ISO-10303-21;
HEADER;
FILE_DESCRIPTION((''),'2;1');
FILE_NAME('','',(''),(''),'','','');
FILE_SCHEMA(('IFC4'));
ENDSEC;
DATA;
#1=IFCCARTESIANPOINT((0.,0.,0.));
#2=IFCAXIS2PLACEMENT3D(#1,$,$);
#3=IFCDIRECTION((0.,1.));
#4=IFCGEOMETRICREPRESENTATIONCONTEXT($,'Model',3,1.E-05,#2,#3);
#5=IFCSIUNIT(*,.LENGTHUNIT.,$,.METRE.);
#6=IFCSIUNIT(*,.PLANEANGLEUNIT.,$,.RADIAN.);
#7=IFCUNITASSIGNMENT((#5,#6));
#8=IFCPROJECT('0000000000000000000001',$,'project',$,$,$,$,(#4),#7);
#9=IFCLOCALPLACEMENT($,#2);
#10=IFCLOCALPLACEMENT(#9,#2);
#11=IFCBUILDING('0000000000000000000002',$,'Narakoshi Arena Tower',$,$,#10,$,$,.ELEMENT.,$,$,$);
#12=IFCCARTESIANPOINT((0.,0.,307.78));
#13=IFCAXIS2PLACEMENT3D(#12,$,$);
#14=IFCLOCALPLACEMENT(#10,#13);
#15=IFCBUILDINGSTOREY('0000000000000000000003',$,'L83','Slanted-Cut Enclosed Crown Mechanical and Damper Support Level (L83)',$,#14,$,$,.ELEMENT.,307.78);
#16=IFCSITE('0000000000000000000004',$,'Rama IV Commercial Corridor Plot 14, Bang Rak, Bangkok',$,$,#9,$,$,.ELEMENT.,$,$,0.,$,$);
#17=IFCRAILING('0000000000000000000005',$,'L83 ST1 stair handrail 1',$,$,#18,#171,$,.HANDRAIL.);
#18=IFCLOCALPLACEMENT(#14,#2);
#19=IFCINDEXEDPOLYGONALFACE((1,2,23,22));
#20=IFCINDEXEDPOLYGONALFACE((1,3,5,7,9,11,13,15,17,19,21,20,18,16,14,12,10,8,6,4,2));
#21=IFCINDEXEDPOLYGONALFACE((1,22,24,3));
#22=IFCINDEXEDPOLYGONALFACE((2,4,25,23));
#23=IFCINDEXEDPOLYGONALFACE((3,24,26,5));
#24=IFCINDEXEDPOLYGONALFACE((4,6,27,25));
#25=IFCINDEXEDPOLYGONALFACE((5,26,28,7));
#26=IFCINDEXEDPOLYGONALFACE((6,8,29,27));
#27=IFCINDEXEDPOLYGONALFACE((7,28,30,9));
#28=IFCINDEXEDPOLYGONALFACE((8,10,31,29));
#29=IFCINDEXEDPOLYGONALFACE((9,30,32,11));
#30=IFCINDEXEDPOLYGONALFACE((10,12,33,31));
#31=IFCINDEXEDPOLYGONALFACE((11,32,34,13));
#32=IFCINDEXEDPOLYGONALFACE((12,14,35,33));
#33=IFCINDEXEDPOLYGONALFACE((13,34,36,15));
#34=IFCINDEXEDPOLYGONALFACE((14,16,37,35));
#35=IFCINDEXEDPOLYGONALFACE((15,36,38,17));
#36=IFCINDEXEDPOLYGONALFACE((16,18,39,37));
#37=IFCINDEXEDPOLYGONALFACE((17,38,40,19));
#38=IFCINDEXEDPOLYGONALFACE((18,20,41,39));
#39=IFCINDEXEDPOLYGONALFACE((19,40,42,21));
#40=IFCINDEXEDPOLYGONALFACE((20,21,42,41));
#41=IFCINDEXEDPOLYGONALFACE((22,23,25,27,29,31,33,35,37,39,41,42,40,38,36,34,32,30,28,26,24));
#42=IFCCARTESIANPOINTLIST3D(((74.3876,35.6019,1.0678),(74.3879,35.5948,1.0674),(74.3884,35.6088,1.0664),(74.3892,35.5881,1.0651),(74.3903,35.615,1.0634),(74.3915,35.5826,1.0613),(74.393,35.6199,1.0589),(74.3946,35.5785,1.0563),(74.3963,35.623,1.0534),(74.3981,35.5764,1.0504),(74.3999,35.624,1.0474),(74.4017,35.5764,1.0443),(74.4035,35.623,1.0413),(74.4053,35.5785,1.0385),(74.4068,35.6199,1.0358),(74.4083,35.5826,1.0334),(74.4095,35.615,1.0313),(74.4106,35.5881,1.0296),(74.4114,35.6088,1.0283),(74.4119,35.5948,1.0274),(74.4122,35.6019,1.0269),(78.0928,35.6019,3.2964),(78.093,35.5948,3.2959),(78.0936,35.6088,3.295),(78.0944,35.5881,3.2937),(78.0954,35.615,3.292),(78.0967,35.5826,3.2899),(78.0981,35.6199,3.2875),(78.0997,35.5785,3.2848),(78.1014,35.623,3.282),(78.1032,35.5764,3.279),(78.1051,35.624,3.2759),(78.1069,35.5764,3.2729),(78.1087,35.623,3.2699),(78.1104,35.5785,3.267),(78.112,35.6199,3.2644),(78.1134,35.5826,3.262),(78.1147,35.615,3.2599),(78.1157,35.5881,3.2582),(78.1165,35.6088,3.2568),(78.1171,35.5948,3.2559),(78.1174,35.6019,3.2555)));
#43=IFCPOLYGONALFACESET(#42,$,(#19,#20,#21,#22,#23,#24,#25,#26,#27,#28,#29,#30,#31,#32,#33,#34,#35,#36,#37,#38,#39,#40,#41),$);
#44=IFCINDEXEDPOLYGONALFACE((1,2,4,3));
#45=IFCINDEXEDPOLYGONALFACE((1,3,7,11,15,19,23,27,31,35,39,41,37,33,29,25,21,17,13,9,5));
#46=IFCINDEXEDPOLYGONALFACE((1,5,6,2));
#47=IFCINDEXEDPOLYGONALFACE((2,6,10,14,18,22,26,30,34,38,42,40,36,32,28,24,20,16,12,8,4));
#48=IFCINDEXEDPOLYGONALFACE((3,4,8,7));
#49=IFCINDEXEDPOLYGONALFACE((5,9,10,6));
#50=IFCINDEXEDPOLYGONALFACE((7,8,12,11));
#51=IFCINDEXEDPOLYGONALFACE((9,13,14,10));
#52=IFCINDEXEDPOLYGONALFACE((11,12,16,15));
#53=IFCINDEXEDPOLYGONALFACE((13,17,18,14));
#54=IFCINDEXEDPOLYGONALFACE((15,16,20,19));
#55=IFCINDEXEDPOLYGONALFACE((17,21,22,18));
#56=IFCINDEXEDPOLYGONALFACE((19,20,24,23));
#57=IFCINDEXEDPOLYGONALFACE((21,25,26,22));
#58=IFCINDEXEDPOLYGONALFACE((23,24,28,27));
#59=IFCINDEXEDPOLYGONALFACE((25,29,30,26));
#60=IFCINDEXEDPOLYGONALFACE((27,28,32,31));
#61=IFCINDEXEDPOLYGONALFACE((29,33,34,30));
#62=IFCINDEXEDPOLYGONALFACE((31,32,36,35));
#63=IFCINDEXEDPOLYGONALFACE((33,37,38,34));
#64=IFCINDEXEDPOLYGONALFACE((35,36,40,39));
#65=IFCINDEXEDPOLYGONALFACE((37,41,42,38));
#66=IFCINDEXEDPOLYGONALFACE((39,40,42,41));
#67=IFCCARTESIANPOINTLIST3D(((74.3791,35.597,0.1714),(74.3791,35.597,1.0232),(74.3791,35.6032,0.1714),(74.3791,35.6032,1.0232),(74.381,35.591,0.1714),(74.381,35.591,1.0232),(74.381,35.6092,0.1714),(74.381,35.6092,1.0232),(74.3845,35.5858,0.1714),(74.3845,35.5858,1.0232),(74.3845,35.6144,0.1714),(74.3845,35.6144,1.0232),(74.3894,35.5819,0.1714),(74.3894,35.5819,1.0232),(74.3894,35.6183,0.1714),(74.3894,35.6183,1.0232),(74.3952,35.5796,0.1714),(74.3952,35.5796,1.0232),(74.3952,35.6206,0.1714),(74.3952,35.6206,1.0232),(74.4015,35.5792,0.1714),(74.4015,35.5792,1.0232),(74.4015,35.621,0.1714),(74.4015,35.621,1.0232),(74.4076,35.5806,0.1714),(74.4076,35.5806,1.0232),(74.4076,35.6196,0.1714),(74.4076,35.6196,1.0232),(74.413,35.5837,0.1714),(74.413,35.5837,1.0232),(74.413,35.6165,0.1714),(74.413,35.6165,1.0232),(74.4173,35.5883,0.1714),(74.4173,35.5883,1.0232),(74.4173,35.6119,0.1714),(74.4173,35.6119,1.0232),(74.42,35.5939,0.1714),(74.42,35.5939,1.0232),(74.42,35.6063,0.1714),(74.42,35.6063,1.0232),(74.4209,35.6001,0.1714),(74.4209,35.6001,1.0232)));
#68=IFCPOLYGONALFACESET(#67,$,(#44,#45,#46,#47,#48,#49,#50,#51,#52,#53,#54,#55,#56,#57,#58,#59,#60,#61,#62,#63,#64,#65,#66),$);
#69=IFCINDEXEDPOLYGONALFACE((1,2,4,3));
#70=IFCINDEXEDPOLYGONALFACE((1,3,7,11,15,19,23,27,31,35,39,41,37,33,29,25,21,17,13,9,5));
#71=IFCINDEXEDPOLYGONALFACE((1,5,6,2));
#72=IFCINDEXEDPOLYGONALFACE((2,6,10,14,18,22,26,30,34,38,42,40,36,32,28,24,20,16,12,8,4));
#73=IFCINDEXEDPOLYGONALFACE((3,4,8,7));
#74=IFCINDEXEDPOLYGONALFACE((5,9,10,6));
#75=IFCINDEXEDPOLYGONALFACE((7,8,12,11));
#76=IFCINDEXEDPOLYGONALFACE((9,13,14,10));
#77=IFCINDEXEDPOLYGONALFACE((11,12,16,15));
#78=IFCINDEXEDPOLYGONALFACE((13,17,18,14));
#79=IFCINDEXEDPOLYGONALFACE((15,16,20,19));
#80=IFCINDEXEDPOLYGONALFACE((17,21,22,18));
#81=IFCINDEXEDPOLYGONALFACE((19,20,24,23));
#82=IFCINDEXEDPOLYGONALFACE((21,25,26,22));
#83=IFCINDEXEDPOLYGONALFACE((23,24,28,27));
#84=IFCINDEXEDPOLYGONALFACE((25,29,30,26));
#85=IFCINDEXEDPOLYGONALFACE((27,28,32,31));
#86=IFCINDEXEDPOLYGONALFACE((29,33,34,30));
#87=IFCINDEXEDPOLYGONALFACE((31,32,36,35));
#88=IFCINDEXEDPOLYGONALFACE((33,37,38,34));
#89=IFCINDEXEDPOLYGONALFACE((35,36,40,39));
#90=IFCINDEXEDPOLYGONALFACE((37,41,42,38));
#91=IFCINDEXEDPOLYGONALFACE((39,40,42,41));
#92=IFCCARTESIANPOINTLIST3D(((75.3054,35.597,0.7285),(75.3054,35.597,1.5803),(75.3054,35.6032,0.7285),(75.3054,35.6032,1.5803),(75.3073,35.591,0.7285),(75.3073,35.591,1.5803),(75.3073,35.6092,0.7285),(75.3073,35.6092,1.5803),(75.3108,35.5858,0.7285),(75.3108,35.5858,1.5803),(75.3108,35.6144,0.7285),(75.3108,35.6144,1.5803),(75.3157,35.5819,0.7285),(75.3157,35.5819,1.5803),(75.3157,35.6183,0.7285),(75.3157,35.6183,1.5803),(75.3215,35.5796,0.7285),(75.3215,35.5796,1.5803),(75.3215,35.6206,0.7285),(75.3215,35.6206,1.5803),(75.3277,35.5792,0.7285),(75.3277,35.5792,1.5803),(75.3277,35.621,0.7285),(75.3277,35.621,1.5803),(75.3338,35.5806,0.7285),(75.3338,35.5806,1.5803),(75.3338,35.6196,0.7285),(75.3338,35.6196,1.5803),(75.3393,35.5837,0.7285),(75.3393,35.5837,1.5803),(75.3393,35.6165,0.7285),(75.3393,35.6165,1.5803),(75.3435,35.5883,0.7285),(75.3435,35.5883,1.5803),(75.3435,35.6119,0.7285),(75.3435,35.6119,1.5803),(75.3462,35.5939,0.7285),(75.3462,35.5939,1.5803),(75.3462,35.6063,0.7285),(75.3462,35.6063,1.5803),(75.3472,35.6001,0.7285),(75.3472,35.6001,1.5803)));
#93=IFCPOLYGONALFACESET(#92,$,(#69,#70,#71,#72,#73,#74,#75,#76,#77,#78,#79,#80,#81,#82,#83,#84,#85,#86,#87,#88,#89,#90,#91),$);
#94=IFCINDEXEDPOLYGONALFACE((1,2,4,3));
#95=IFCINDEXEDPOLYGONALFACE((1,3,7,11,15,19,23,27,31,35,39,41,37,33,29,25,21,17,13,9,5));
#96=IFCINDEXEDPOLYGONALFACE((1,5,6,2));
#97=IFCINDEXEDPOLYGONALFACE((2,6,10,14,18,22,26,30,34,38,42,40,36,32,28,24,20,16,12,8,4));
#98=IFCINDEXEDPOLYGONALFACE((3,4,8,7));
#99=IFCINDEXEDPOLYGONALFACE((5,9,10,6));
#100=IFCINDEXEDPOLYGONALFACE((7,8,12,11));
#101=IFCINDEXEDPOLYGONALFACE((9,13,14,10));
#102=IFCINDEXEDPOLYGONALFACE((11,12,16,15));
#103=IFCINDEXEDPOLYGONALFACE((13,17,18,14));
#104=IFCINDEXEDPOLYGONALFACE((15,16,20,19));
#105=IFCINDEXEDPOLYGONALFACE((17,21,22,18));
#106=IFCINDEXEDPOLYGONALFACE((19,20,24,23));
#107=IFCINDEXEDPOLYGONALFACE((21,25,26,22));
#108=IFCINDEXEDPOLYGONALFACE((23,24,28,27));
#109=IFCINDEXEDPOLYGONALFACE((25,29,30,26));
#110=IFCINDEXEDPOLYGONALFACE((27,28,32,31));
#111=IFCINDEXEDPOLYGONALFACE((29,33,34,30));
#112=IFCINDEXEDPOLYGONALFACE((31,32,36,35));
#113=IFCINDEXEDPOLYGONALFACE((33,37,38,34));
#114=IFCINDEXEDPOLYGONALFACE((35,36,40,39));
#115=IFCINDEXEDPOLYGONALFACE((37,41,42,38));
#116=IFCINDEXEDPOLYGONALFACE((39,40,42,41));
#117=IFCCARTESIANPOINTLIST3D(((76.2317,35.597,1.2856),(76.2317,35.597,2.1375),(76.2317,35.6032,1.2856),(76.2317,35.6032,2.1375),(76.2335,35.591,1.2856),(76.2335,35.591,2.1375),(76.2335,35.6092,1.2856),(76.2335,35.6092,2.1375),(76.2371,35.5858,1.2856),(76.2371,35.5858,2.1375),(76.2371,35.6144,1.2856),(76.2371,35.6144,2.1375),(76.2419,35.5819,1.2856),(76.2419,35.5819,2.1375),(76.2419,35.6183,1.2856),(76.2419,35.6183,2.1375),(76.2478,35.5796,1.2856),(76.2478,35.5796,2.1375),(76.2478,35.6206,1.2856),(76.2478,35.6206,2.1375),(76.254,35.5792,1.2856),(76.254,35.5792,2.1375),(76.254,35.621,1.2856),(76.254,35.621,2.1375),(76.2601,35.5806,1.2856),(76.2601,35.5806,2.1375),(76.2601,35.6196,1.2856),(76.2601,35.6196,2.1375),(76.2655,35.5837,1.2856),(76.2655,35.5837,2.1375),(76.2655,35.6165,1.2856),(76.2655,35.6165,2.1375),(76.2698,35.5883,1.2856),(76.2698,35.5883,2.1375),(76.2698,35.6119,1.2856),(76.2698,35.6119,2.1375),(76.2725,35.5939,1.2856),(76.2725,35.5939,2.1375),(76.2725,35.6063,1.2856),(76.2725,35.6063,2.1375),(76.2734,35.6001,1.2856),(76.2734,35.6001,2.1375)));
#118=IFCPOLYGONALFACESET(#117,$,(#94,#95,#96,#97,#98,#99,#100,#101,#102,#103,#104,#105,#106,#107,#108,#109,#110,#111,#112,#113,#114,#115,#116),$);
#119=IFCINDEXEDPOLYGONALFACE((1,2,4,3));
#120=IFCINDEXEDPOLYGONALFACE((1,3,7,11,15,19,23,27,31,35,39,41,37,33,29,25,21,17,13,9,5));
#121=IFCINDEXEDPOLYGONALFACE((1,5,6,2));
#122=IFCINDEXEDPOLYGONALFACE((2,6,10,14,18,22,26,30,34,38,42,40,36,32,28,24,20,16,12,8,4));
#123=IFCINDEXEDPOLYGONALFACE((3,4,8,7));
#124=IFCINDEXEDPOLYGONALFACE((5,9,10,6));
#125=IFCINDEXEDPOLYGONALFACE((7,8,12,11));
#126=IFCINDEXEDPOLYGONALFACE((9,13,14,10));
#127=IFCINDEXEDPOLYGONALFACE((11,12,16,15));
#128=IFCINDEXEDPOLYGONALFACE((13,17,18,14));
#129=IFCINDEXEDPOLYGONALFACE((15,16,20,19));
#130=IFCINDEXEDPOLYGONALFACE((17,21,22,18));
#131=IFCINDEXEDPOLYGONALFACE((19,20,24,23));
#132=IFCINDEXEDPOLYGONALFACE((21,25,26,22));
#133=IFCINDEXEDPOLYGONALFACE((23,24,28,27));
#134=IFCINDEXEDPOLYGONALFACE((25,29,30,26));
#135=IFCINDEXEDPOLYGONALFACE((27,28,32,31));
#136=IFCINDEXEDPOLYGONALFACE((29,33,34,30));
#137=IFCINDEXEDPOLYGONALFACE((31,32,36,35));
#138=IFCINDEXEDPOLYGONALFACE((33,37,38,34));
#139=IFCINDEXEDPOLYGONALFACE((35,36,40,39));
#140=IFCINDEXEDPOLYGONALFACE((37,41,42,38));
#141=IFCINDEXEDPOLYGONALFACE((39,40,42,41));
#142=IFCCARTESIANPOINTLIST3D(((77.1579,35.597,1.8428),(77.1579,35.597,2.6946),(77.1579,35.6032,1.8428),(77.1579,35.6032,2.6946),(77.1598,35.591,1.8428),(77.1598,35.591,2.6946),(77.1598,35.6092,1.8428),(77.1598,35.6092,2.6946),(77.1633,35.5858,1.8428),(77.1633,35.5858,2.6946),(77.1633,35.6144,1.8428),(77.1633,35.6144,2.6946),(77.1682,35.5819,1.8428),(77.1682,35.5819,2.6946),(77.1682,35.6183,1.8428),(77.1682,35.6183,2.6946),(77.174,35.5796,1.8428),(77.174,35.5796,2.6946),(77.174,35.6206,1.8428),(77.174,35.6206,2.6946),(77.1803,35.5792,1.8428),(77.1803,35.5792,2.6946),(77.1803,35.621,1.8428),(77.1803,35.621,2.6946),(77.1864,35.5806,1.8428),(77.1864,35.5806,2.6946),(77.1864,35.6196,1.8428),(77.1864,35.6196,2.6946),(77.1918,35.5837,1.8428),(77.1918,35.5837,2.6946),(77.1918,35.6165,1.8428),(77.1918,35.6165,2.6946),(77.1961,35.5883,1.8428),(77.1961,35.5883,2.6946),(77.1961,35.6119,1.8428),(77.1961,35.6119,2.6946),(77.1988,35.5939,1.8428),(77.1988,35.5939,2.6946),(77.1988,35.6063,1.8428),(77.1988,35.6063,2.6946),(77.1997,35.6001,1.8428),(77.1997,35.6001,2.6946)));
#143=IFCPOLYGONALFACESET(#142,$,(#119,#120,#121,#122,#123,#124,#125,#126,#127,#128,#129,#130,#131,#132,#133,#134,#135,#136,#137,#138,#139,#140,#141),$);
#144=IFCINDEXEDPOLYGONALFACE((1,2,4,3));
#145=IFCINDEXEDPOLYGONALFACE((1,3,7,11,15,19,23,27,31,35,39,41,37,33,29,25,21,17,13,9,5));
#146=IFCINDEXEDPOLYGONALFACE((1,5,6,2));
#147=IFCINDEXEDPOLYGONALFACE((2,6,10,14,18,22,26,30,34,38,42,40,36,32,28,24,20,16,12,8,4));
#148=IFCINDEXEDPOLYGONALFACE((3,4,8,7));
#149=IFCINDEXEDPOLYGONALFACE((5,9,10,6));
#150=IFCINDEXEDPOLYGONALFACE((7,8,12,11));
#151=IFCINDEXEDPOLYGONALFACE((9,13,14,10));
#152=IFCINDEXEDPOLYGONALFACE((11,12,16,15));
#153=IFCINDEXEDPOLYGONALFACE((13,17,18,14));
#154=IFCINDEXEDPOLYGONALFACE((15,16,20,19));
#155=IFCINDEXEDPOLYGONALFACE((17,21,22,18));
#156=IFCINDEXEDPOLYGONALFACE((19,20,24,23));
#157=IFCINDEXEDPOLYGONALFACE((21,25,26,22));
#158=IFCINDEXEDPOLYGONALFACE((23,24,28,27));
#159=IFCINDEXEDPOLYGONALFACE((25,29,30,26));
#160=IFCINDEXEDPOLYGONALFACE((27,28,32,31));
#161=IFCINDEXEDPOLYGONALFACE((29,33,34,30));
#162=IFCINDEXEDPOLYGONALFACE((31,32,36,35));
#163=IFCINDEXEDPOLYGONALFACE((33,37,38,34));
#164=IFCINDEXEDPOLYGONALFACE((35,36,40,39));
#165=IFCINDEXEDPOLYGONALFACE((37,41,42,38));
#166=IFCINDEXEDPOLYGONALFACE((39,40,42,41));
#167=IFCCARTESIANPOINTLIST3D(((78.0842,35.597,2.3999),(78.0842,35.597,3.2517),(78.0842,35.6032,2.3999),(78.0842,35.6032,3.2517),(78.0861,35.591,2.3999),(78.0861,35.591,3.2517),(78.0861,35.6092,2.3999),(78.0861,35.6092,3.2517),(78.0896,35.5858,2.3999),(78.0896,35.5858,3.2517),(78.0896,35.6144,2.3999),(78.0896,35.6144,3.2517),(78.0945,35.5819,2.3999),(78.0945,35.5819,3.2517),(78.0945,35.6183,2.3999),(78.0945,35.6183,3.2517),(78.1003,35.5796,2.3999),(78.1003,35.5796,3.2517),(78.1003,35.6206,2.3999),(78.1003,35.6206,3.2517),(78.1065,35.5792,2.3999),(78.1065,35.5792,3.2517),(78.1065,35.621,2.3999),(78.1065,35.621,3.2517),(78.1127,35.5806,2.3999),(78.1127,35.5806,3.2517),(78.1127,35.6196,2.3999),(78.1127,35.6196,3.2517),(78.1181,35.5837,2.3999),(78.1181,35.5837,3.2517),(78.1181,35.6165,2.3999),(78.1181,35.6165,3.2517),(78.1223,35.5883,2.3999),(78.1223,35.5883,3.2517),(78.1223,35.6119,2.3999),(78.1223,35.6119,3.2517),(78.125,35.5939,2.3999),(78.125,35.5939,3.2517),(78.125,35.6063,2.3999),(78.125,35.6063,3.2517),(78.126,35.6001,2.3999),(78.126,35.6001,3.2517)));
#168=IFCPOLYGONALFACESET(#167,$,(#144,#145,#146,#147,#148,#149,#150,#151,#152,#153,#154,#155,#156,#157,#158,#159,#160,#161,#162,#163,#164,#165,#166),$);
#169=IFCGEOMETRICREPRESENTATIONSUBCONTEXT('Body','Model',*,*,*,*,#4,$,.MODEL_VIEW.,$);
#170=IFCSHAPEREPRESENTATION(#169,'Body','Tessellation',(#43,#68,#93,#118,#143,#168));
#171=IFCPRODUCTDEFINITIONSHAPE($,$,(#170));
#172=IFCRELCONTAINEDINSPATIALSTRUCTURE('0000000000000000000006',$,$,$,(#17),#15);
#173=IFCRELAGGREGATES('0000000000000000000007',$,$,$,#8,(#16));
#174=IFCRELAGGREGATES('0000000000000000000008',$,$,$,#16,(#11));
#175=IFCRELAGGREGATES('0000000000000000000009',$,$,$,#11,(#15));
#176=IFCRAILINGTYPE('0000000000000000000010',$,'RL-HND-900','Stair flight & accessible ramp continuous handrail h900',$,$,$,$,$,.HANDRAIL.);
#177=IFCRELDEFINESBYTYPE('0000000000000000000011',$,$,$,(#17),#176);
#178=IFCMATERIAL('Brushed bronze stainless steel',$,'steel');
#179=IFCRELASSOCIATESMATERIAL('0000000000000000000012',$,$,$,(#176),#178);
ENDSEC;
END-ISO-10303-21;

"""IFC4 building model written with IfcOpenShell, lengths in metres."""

from ifc_helpers import new_model, si_unit, direction, frame, origin, origin_2d, place, context, subcontext, project, spatial, circle, extrude, material, type_object, element, save


model = new_model("IFC4")

# Units and contexts
model_context = context("Model", 3, precision=1e-05, world=origin(), true_north=direction((0.0, 1.0)))
body_context = subcontext(model_context, "Body", "Model", "MODEL_VIEW")
ifc_project = project(units=[si_unit("LENGTHUNIT", "METRE"), si_unit("PLANEANGLEUNIT", "RADIAN")], contexts=[model_context])

# Site, building, storey
site_placement = place(None, origin())
site = spatial("IfcSite", under=ifc_project, at=site_placement, Name="Rama IV Commercial Corridor Plot 14, Bang Rak, Bangkok", CompositionType="ELEMENT", RefElevation=0.0)
building_placement = place(site_placement, origin())
building = spatial("IfcBuilding", under=site, at=building_placement, Name="Narakoshi Arena Tower", CompositionType="ELEMENT")
storey_placement = place(building_placement, frame((0.0, 0.0, 307.78)))
storey = spatial("IfcBuildingStorey", under=building, at=storey_placement, Name="L83", Description="Slanted-Cut Enclosed Crown Mechanical and Damper Support Level (L83)", CompositionType="ELEMENT", Elevation=307.78)

# Railing
ifc_material_1 = material(Name="Brushed bronze stainless steel", Category="steel")
railing_type_1 = type_object("IfcRailingType", Name="RL-HND-900", Description="Stair flight & accessible ramp continuous handrail h900", PredefinedType="HANDRAIL", material=ifc_material_1)
railing_1_placement = place(storey_placement, frame((74.3999, 35.6001, 0.1714)))
element("IfcRailing", 1, at=railing_1_placement, inside=storey, type_object=railing_type_1, Name="L83 ST1 stair handrail 1", PredefinedType="HANDRAIL", context=body_context, shape_type="SweptSolid", body=[
    extrude(circle(Radius=0.0239, at=origin_2d()), frame((0.0, 0.0, 0.876), z_axis=(0.856934, 0.0, 0.515425), x_axis=(0.0, 1.0, 0.0)), (0.0, 0.0, 1.0), 4.3237),
    extrude(circle(Radius=0.021, at=origin_2d()), origin(), (0.0, 0.0, 1.0), 0.8518),
    extrude(circle(Radius=0.021, at=origin_2d()), frame((0.9263, 0.0, 0.5571)), (0.0, 0.0, 1.0), 0.8518),
    extrude(circle(Radius=0.021, at=origin_2d()), frame((1.8525, 0.0, 1.1143)), (0.0, 0.0, 1.0), 0.8518),
    extrude(circle(Radius=0.021, at=origin_2d()), frame((2.7788, 0.0, 1.6714)), (0.0, 0.0, 1.0), 0.8518),
    extrude(circle(Radius=0.021, at=origin_2d()), frame((3.7051, 0.0, 2.2285)), (0.0, 0.0, 1.0), 0.8518),
])

save(model, "model.ifc")
